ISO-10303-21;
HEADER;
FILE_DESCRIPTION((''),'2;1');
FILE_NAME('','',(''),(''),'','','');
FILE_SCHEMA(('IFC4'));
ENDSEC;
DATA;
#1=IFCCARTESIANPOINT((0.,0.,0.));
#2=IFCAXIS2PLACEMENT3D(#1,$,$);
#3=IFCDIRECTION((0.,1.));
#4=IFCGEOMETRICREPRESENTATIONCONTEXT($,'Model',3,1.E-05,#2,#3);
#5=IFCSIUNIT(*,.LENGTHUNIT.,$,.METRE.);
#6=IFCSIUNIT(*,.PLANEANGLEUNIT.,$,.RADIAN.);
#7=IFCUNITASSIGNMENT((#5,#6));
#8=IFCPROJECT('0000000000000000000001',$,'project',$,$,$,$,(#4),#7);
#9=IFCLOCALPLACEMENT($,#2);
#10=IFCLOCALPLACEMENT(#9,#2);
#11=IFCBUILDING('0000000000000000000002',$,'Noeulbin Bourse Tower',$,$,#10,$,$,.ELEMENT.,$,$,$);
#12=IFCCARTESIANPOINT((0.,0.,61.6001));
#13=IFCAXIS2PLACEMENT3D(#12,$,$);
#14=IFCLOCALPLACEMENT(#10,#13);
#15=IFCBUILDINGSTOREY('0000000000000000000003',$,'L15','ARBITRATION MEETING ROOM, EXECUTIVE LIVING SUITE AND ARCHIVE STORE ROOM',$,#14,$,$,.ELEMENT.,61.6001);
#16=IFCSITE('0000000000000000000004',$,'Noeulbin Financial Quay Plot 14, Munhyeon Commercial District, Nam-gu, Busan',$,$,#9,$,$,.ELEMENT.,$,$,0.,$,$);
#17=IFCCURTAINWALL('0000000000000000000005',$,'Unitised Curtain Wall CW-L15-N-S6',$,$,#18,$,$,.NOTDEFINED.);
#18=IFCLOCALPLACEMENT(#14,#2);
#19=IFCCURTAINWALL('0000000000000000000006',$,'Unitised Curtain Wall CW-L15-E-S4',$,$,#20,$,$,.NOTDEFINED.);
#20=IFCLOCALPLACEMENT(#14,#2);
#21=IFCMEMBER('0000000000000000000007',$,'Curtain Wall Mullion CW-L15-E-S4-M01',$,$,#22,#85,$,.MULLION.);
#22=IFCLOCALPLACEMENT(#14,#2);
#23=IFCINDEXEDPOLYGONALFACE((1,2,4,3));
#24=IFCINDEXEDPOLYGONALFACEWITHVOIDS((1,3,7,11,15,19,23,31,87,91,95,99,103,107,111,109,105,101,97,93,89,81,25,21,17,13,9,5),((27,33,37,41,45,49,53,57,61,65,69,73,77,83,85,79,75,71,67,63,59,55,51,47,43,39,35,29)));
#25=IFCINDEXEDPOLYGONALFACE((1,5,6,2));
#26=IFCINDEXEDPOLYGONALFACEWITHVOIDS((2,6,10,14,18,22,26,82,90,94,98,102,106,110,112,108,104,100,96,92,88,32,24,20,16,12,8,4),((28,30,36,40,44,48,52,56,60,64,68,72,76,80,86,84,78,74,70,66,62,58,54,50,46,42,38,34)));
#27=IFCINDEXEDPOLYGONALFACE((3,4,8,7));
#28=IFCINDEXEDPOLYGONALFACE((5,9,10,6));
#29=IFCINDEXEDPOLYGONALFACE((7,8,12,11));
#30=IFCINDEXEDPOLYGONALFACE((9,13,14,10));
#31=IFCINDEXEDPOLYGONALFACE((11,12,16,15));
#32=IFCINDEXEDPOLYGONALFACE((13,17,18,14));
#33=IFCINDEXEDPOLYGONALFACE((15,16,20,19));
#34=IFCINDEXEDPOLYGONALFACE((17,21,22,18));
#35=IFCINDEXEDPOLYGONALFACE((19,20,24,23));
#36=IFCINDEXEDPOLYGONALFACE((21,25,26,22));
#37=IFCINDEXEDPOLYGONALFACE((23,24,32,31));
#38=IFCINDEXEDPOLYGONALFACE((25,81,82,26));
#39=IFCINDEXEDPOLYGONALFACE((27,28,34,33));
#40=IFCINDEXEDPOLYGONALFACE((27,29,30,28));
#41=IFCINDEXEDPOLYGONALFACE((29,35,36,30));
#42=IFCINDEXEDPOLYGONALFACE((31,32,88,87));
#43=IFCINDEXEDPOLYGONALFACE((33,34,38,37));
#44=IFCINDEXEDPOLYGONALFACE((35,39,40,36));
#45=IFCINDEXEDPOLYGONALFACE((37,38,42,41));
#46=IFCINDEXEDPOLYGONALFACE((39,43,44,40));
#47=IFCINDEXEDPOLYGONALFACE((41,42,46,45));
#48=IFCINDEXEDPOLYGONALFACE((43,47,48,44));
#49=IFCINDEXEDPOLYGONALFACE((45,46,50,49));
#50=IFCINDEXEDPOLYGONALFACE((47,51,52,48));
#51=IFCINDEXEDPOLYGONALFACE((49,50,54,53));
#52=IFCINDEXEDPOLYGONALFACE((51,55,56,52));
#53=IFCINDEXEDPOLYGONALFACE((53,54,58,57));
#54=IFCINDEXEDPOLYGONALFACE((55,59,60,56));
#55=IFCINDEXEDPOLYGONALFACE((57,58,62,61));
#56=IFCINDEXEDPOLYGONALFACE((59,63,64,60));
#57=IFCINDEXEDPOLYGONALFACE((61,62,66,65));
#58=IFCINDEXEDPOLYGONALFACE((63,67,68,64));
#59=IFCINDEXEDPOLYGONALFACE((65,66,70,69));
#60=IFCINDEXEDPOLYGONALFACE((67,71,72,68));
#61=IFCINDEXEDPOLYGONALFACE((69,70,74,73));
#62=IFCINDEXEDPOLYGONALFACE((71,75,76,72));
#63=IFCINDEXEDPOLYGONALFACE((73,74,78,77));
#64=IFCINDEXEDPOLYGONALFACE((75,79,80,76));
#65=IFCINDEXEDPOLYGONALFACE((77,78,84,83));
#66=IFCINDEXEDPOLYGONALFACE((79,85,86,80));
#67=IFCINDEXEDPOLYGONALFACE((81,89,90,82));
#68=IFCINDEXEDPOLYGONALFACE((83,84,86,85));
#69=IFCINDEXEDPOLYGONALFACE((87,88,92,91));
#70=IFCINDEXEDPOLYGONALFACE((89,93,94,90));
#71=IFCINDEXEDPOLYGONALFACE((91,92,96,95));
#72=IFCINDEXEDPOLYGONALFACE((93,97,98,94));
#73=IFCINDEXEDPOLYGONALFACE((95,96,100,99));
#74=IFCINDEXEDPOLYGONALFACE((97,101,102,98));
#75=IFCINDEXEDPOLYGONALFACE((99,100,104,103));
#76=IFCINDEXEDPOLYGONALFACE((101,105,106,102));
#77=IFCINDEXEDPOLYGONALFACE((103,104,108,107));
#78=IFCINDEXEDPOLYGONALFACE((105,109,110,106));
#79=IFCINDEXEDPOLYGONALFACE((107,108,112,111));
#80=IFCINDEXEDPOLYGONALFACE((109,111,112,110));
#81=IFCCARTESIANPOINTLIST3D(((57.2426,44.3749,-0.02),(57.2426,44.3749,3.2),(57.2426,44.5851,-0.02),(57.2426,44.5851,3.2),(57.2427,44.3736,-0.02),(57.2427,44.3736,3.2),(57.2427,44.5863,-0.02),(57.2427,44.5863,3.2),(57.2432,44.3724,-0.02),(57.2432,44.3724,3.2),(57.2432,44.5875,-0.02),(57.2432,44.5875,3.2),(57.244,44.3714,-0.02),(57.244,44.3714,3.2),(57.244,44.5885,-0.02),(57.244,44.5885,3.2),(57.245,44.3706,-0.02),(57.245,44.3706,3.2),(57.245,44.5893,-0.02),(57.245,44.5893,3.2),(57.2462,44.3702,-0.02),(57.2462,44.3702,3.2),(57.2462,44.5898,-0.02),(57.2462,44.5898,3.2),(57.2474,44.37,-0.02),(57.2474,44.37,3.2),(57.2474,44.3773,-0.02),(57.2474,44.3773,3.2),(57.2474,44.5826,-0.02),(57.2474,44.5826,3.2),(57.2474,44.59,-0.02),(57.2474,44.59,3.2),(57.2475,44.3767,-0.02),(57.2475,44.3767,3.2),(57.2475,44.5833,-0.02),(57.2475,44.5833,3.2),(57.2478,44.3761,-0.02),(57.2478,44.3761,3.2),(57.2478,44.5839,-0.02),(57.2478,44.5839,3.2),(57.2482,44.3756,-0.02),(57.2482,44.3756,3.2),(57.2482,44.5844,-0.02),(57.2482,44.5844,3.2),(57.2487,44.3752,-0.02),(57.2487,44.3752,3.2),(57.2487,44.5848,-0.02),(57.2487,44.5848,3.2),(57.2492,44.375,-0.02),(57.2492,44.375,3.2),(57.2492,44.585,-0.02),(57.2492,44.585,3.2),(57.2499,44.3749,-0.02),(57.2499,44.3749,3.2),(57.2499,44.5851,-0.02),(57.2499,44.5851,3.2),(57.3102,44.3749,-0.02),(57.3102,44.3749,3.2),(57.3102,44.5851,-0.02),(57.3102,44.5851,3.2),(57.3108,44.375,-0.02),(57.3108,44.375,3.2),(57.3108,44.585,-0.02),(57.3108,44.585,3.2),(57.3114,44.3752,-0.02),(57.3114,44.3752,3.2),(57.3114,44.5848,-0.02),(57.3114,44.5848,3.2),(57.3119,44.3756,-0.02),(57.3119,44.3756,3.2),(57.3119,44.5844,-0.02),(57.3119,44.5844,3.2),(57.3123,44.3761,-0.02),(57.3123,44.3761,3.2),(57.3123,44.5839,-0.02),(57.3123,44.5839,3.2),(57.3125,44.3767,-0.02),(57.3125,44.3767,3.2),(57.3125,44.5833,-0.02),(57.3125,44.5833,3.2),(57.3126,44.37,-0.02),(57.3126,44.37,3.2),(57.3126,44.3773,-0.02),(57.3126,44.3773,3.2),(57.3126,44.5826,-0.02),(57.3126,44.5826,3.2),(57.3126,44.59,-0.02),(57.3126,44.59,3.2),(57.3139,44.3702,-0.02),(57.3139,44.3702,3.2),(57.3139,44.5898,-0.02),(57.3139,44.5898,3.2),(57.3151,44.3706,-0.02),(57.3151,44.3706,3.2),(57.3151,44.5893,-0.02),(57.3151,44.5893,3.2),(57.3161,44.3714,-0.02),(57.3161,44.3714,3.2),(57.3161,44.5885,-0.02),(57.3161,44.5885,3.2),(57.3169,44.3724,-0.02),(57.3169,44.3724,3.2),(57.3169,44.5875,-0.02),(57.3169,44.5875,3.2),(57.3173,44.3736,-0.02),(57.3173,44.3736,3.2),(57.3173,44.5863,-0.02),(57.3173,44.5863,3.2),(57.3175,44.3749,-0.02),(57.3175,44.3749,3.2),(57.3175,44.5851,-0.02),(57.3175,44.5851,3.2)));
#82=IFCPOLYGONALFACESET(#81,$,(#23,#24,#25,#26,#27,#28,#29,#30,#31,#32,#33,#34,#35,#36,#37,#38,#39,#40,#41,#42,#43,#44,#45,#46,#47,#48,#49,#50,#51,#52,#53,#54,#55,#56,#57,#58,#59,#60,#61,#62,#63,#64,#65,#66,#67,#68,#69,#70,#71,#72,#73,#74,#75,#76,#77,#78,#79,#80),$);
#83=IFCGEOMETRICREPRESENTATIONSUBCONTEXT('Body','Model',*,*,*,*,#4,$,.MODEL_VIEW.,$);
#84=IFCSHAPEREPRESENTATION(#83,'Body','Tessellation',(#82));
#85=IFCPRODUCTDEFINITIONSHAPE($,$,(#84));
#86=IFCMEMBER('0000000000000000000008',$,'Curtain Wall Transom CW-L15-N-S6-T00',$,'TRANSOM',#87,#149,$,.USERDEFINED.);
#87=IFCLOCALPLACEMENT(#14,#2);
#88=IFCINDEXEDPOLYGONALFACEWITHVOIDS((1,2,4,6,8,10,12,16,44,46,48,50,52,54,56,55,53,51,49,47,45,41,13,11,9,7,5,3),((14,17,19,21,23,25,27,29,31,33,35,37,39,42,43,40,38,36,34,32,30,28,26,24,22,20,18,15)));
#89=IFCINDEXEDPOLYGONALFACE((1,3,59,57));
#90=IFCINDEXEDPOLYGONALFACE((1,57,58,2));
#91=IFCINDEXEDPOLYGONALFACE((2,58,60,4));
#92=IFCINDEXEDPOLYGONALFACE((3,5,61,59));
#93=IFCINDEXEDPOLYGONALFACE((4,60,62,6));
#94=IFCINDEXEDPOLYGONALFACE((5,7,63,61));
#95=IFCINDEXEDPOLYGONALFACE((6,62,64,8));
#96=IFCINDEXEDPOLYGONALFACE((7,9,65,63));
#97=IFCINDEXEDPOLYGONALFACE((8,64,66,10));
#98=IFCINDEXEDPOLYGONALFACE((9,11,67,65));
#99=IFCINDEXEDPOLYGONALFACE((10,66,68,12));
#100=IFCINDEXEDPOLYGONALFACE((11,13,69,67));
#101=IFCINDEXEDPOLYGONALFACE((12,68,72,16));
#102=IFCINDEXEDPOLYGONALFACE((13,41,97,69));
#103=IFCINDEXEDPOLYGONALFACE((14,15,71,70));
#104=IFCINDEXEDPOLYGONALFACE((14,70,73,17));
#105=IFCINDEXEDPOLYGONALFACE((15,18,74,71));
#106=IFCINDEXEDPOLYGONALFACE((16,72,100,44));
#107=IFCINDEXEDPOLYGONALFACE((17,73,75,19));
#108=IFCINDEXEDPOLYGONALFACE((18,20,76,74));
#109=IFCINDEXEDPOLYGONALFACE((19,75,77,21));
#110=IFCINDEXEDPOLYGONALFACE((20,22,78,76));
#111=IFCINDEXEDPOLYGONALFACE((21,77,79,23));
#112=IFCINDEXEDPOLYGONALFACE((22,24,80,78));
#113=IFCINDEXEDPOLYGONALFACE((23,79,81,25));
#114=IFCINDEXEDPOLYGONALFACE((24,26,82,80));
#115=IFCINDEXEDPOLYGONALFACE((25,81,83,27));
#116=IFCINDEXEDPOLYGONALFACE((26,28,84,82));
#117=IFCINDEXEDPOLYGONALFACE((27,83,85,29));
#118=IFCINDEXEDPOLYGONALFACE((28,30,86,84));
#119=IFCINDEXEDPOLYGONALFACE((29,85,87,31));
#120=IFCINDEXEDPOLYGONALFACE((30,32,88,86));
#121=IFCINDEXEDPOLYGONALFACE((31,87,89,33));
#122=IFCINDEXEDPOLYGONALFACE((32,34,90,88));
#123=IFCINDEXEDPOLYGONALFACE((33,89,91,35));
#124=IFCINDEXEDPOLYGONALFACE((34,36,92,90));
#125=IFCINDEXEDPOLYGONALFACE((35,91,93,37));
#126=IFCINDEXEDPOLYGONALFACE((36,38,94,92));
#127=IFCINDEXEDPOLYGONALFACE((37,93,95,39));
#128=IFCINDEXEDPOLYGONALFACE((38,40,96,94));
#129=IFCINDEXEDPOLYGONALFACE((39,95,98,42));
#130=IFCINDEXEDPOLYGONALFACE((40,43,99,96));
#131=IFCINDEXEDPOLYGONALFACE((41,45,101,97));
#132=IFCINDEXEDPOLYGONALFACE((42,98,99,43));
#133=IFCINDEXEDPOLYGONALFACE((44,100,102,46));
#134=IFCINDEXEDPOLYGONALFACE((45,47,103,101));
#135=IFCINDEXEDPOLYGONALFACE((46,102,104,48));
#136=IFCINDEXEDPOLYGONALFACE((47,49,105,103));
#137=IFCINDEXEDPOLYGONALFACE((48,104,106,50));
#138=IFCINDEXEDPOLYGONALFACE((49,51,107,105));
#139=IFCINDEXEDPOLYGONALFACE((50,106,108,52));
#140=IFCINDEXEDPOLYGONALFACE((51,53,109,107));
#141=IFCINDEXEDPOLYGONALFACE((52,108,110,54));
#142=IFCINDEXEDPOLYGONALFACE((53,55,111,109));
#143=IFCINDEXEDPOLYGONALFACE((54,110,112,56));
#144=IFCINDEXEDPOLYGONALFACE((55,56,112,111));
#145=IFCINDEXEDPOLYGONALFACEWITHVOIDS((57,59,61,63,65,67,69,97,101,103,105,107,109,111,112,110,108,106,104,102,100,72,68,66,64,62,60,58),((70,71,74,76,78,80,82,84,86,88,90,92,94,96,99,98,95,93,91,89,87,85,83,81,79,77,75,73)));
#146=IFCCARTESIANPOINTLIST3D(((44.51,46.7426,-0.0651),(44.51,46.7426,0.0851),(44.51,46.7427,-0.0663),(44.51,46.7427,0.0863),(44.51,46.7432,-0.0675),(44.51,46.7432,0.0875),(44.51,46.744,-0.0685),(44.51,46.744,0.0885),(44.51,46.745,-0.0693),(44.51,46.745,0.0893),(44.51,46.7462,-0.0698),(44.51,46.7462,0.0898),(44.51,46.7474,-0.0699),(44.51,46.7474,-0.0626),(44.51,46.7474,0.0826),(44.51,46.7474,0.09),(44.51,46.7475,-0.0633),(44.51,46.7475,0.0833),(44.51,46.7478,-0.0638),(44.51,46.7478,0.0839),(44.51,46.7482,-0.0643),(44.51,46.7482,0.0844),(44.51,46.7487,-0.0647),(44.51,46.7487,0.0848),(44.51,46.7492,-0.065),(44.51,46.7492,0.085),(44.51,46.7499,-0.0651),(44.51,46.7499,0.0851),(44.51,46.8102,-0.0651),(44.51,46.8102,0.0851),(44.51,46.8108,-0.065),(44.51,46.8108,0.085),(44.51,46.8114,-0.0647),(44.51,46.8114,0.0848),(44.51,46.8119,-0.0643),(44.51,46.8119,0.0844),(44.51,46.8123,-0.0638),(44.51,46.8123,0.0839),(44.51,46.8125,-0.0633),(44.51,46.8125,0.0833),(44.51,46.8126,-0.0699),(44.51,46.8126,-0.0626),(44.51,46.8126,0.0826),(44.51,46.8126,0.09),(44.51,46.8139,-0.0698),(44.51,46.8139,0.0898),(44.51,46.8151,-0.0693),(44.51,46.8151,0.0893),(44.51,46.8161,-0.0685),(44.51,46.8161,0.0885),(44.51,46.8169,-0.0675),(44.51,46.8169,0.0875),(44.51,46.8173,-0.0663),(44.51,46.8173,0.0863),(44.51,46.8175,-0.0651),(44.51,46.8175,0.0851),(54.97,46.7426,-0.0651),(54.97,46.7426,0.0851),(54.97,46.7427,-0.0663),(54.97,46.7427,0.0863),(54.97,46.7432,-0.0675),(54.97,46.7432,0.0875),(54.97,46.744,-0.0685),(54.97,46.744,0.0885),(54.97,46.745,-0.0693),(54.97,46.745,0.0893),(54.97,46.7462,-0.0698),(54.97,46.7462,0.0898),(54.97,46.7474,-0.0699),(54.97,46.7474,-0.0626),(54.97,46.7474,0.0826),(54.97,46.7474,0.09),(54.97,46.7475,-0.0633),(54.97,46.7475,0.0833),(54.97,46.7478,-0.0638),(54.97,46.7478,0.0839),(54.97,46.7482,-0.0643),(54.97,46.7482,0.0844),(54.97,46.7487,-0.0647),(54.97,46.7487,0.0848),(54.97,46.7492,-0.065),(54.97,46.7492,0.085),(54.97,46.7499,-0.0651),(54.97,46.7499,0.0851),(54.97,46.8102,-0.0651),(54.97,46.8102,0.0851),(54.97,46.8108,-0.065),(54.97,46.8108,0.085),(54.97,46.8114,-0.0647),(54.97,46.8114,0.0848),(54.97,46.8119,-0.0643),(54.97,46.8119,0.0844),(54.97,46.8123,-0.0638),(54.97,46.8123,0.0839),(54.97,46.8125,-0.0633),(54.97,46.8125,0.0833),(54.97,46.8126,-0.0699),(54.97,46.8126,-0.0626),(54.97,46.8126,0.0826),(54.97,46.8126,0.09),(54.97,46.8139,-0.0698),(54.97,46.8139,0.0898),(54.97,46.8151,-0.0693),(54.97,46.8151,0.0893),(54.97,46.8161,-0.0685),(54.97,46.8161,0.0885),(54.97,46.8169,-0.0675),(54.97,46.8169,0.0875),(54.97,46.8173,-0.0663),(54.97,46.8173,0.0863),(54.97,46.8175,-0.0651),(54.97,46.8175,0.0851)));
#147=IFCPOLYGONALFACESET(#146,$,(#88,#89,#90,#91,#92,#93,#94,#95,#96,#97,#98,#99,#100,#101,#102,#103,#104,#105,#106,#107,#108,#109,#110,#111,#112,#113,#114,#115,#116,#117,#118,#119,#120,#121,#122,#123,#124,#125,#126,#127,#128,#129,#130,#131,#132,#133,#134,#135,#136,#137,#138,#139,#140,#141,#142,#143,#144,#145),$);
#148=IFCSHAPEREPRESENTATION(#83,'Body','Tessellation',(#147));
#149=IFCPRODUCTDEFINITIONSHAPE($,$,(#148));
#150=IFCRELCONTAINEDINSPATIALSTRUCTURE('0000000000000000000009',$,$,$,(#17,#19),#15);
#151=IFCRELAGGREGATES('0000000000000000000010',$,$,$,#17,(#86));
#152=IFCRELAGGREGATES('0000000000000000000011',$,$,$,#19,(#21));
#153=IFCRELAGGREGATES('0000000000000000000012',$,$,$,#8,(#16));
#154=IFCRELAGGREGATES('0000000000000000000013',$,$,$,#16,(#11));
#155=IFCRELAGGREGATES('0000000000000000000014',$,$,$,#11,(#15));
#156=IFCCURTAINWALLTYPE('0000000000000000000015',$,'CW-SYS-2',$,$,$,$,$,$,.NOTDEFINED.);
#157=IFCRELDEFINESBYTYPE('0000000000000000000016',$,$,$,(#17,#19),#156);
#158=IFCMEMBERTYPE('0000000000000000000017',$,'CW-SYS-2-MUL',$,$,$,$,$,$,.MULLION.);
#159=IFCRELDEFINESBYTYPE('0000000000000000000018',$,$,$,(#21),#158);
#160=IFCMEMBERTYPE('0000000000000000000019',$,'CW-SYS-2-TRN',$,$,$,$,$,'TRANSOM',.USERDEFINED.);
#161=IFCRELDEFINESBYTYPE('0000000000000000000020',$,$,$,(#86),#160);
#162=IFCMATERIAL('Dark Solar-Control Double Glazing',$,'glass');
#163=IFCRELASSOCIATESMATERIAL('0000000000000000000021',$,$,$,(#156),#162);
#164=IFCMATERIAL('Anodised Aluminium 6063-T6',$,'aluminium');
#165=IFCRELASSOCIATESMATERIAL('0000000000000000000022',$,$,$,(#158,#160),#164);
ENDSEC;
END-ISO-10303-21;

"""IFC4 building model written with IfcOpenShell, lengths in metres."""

from ifc_helpers import new_model, si_unit, direction, frame, origin, origin_2d, place, context, subcontext, project, spatial, hollow_rectangle, extrude, material, material_profile, profile_set, type_object, element, aggregate, save


model = new_model("IFC4")

# Units and contexts
model_context = context("Model", 3, precision=1e-05, world=origin(), true_north=direction((0.0, 1.0)))
body_context = subcontext(model_context, "Body", "Model", "MODEL_VIEW")
ifc_project = project(units=[si_unit("LENGTHUNIT", "METRE"), si_unit("PLANEANGLEUNIT", "RADIAN")], contexts=[model_context])

# Site, building, storey
site_placement = place(None, origin())
site = spatial("IfcSite", under=ifc_project, at=site_placement, Name="Noeulbin Financial Quay Plot 14, Munhyeon Commercial District, Nam-gu, Busan", CompositionType="ELEMENT", RefElevation=0.0)
building_placement = place(site_placement, origin())
building = spatial("IfcBuilding", under=site, at=building_placement, Name="Noeulbin Bourse Tower", CompositionType="ELEMENT")
storey_placement = place(building_placement, frame((0.0, 0.0, 61.6001)))
storey = spatial("IfcBuildingStorey", under=building, at=storey_placement, Name="L15", Description="ARBITRATION MEETING ROOM, EXECUTIVE LIVING SUITE AND ARCHIVE STORE ROOM", CompositionType="ELEMENT", Elevation=61.6001)

# Shared definitions
ifc_material_1 = material(Name="Dark Solar-Control Double Glazing", Category="glass")
curtain_wall_type = type_object("IfcCurtainWallType", Name="CW-SYS-2", PredefinedType="NOTDEFINED", material=ifc_material_1)
ifc_material_2 = material(Name="Anodised Aluminium 6063-T6", Category="aluminium")
ifc_material_profile_1 = material_profile(ifc_material_2, hollow_rectangle(XDim=0.075, YDim=0.22, WallThickness=0.0049, InnerFilletRadius=0.0024, OuterFilletRadius=0.0049, at=origin_2d()), Name="ALU-MULL-75x220x5", Category="LoadBearing")
ifc_profile_set_1 = profile_set([ifc_material_profile_1], Name="Anodised Aluminium 6063-T6")
member_type_1 = type_object("IfcMemberType", Name="CW-SYS-2-MUL", PredefinedType="MULLION", material=ifc_profile_set_1)

# Curtain walls, member
curtain_wall_1_placement = place(storey_placement, origin())
curtain_wall_1 = element("IfcCurtainWall", 1, at=curtain_wall_1_placement, inside=storey, type_object=curtain_wall_type, Name="Unitised Curtain Wall CW-L15-N-S6", PredefinedType="NOTDEFINED")
curtain_wall_2_placement = place(storey_placement, origin())
curtain_wall_2 = element("IfcCurtainWall", 2, at=curtain_wall_2_placement, inside=storey, type_object=curtain_wall_type, Name="Unitised Curtain Wall CW-L15-E-S4", PredefinedType="NOTDEFINED")
member_1_placement = place(storey_placement, frame((57.28, 44.48, -0.02), z_axis=(0.0, 0.0, 1.0), x_axis=(1.0, 0.0, 0.0)))
member_1 = element("IfcMember", 3, at=member_1_placement, type_object=member_type_1, Name="Curtain Wall Mullion CW-L15-E-S4-M01", PredefinedType="MULLION", context=body_context, shape_type="SweptSolid", body=[
    extrude(hollow_rectangle(XDim=0.075, YDim=0.22, WallThickness=0.0049, InnerFilletRadius=0.0024, OuterFilletRadius=0.0049, at=origin_2d()), origin(), (0.0, 0.0, 1.0), 3.22),
])

# Member
ifc_material_profile_2 = material_profile(ifc_material_2, hollow_rectangle(XDim=0.075, YDim=0.1599, WallThickness=0.0049, InnerFilletRadius=0.0024, OuterFilletRadius=0.0049, at=origin_2d()), Name="ALU-TRAN-75x160x5", Category="LoadBearing")
ifc_profile_set_2 = profile_set([ifc_material_profile_2], Name="Anodised Aluminium 6063-T6")
member_type_2 = type_object("IfcMemberType", Name="CW-SYS-2-TRN", ElementType="TRANSOM", PredefinedType="USERDEFINED", material=ifc_profile_set_2)
member_2_placement = place(storey_placement, frame((44.51, 46.78, 0.01), z_axis=(1.0, 0.0, 0.0), x_axis=(0.0, 1.0, 0.0)))
member_2 = element("IfcMember", 4, at=member_2_placement, type_object=member_type_2, Name="Curtain Wall Transom CW-L15-N-S6-T00", ObjectType="TRANSOM", PredefinedType="USERDEFINED", context=body_context, shape_type="SweptSolid", body=[
    extrude(hollow_rectangle(XDim=0.075, YDim=0.1599, WallThickness=0.0049, InnerFilletRadius=0.0024, OuterFilletRadius=0.0049, at=origin_2d()), origin(), (0.0, 0.0, 1.0), 10.46),
])

aggregate(curtain_wall_1, [member_2])
aggregate(curtain_wall_2, [member_1])

save(model, "model.ifc")
